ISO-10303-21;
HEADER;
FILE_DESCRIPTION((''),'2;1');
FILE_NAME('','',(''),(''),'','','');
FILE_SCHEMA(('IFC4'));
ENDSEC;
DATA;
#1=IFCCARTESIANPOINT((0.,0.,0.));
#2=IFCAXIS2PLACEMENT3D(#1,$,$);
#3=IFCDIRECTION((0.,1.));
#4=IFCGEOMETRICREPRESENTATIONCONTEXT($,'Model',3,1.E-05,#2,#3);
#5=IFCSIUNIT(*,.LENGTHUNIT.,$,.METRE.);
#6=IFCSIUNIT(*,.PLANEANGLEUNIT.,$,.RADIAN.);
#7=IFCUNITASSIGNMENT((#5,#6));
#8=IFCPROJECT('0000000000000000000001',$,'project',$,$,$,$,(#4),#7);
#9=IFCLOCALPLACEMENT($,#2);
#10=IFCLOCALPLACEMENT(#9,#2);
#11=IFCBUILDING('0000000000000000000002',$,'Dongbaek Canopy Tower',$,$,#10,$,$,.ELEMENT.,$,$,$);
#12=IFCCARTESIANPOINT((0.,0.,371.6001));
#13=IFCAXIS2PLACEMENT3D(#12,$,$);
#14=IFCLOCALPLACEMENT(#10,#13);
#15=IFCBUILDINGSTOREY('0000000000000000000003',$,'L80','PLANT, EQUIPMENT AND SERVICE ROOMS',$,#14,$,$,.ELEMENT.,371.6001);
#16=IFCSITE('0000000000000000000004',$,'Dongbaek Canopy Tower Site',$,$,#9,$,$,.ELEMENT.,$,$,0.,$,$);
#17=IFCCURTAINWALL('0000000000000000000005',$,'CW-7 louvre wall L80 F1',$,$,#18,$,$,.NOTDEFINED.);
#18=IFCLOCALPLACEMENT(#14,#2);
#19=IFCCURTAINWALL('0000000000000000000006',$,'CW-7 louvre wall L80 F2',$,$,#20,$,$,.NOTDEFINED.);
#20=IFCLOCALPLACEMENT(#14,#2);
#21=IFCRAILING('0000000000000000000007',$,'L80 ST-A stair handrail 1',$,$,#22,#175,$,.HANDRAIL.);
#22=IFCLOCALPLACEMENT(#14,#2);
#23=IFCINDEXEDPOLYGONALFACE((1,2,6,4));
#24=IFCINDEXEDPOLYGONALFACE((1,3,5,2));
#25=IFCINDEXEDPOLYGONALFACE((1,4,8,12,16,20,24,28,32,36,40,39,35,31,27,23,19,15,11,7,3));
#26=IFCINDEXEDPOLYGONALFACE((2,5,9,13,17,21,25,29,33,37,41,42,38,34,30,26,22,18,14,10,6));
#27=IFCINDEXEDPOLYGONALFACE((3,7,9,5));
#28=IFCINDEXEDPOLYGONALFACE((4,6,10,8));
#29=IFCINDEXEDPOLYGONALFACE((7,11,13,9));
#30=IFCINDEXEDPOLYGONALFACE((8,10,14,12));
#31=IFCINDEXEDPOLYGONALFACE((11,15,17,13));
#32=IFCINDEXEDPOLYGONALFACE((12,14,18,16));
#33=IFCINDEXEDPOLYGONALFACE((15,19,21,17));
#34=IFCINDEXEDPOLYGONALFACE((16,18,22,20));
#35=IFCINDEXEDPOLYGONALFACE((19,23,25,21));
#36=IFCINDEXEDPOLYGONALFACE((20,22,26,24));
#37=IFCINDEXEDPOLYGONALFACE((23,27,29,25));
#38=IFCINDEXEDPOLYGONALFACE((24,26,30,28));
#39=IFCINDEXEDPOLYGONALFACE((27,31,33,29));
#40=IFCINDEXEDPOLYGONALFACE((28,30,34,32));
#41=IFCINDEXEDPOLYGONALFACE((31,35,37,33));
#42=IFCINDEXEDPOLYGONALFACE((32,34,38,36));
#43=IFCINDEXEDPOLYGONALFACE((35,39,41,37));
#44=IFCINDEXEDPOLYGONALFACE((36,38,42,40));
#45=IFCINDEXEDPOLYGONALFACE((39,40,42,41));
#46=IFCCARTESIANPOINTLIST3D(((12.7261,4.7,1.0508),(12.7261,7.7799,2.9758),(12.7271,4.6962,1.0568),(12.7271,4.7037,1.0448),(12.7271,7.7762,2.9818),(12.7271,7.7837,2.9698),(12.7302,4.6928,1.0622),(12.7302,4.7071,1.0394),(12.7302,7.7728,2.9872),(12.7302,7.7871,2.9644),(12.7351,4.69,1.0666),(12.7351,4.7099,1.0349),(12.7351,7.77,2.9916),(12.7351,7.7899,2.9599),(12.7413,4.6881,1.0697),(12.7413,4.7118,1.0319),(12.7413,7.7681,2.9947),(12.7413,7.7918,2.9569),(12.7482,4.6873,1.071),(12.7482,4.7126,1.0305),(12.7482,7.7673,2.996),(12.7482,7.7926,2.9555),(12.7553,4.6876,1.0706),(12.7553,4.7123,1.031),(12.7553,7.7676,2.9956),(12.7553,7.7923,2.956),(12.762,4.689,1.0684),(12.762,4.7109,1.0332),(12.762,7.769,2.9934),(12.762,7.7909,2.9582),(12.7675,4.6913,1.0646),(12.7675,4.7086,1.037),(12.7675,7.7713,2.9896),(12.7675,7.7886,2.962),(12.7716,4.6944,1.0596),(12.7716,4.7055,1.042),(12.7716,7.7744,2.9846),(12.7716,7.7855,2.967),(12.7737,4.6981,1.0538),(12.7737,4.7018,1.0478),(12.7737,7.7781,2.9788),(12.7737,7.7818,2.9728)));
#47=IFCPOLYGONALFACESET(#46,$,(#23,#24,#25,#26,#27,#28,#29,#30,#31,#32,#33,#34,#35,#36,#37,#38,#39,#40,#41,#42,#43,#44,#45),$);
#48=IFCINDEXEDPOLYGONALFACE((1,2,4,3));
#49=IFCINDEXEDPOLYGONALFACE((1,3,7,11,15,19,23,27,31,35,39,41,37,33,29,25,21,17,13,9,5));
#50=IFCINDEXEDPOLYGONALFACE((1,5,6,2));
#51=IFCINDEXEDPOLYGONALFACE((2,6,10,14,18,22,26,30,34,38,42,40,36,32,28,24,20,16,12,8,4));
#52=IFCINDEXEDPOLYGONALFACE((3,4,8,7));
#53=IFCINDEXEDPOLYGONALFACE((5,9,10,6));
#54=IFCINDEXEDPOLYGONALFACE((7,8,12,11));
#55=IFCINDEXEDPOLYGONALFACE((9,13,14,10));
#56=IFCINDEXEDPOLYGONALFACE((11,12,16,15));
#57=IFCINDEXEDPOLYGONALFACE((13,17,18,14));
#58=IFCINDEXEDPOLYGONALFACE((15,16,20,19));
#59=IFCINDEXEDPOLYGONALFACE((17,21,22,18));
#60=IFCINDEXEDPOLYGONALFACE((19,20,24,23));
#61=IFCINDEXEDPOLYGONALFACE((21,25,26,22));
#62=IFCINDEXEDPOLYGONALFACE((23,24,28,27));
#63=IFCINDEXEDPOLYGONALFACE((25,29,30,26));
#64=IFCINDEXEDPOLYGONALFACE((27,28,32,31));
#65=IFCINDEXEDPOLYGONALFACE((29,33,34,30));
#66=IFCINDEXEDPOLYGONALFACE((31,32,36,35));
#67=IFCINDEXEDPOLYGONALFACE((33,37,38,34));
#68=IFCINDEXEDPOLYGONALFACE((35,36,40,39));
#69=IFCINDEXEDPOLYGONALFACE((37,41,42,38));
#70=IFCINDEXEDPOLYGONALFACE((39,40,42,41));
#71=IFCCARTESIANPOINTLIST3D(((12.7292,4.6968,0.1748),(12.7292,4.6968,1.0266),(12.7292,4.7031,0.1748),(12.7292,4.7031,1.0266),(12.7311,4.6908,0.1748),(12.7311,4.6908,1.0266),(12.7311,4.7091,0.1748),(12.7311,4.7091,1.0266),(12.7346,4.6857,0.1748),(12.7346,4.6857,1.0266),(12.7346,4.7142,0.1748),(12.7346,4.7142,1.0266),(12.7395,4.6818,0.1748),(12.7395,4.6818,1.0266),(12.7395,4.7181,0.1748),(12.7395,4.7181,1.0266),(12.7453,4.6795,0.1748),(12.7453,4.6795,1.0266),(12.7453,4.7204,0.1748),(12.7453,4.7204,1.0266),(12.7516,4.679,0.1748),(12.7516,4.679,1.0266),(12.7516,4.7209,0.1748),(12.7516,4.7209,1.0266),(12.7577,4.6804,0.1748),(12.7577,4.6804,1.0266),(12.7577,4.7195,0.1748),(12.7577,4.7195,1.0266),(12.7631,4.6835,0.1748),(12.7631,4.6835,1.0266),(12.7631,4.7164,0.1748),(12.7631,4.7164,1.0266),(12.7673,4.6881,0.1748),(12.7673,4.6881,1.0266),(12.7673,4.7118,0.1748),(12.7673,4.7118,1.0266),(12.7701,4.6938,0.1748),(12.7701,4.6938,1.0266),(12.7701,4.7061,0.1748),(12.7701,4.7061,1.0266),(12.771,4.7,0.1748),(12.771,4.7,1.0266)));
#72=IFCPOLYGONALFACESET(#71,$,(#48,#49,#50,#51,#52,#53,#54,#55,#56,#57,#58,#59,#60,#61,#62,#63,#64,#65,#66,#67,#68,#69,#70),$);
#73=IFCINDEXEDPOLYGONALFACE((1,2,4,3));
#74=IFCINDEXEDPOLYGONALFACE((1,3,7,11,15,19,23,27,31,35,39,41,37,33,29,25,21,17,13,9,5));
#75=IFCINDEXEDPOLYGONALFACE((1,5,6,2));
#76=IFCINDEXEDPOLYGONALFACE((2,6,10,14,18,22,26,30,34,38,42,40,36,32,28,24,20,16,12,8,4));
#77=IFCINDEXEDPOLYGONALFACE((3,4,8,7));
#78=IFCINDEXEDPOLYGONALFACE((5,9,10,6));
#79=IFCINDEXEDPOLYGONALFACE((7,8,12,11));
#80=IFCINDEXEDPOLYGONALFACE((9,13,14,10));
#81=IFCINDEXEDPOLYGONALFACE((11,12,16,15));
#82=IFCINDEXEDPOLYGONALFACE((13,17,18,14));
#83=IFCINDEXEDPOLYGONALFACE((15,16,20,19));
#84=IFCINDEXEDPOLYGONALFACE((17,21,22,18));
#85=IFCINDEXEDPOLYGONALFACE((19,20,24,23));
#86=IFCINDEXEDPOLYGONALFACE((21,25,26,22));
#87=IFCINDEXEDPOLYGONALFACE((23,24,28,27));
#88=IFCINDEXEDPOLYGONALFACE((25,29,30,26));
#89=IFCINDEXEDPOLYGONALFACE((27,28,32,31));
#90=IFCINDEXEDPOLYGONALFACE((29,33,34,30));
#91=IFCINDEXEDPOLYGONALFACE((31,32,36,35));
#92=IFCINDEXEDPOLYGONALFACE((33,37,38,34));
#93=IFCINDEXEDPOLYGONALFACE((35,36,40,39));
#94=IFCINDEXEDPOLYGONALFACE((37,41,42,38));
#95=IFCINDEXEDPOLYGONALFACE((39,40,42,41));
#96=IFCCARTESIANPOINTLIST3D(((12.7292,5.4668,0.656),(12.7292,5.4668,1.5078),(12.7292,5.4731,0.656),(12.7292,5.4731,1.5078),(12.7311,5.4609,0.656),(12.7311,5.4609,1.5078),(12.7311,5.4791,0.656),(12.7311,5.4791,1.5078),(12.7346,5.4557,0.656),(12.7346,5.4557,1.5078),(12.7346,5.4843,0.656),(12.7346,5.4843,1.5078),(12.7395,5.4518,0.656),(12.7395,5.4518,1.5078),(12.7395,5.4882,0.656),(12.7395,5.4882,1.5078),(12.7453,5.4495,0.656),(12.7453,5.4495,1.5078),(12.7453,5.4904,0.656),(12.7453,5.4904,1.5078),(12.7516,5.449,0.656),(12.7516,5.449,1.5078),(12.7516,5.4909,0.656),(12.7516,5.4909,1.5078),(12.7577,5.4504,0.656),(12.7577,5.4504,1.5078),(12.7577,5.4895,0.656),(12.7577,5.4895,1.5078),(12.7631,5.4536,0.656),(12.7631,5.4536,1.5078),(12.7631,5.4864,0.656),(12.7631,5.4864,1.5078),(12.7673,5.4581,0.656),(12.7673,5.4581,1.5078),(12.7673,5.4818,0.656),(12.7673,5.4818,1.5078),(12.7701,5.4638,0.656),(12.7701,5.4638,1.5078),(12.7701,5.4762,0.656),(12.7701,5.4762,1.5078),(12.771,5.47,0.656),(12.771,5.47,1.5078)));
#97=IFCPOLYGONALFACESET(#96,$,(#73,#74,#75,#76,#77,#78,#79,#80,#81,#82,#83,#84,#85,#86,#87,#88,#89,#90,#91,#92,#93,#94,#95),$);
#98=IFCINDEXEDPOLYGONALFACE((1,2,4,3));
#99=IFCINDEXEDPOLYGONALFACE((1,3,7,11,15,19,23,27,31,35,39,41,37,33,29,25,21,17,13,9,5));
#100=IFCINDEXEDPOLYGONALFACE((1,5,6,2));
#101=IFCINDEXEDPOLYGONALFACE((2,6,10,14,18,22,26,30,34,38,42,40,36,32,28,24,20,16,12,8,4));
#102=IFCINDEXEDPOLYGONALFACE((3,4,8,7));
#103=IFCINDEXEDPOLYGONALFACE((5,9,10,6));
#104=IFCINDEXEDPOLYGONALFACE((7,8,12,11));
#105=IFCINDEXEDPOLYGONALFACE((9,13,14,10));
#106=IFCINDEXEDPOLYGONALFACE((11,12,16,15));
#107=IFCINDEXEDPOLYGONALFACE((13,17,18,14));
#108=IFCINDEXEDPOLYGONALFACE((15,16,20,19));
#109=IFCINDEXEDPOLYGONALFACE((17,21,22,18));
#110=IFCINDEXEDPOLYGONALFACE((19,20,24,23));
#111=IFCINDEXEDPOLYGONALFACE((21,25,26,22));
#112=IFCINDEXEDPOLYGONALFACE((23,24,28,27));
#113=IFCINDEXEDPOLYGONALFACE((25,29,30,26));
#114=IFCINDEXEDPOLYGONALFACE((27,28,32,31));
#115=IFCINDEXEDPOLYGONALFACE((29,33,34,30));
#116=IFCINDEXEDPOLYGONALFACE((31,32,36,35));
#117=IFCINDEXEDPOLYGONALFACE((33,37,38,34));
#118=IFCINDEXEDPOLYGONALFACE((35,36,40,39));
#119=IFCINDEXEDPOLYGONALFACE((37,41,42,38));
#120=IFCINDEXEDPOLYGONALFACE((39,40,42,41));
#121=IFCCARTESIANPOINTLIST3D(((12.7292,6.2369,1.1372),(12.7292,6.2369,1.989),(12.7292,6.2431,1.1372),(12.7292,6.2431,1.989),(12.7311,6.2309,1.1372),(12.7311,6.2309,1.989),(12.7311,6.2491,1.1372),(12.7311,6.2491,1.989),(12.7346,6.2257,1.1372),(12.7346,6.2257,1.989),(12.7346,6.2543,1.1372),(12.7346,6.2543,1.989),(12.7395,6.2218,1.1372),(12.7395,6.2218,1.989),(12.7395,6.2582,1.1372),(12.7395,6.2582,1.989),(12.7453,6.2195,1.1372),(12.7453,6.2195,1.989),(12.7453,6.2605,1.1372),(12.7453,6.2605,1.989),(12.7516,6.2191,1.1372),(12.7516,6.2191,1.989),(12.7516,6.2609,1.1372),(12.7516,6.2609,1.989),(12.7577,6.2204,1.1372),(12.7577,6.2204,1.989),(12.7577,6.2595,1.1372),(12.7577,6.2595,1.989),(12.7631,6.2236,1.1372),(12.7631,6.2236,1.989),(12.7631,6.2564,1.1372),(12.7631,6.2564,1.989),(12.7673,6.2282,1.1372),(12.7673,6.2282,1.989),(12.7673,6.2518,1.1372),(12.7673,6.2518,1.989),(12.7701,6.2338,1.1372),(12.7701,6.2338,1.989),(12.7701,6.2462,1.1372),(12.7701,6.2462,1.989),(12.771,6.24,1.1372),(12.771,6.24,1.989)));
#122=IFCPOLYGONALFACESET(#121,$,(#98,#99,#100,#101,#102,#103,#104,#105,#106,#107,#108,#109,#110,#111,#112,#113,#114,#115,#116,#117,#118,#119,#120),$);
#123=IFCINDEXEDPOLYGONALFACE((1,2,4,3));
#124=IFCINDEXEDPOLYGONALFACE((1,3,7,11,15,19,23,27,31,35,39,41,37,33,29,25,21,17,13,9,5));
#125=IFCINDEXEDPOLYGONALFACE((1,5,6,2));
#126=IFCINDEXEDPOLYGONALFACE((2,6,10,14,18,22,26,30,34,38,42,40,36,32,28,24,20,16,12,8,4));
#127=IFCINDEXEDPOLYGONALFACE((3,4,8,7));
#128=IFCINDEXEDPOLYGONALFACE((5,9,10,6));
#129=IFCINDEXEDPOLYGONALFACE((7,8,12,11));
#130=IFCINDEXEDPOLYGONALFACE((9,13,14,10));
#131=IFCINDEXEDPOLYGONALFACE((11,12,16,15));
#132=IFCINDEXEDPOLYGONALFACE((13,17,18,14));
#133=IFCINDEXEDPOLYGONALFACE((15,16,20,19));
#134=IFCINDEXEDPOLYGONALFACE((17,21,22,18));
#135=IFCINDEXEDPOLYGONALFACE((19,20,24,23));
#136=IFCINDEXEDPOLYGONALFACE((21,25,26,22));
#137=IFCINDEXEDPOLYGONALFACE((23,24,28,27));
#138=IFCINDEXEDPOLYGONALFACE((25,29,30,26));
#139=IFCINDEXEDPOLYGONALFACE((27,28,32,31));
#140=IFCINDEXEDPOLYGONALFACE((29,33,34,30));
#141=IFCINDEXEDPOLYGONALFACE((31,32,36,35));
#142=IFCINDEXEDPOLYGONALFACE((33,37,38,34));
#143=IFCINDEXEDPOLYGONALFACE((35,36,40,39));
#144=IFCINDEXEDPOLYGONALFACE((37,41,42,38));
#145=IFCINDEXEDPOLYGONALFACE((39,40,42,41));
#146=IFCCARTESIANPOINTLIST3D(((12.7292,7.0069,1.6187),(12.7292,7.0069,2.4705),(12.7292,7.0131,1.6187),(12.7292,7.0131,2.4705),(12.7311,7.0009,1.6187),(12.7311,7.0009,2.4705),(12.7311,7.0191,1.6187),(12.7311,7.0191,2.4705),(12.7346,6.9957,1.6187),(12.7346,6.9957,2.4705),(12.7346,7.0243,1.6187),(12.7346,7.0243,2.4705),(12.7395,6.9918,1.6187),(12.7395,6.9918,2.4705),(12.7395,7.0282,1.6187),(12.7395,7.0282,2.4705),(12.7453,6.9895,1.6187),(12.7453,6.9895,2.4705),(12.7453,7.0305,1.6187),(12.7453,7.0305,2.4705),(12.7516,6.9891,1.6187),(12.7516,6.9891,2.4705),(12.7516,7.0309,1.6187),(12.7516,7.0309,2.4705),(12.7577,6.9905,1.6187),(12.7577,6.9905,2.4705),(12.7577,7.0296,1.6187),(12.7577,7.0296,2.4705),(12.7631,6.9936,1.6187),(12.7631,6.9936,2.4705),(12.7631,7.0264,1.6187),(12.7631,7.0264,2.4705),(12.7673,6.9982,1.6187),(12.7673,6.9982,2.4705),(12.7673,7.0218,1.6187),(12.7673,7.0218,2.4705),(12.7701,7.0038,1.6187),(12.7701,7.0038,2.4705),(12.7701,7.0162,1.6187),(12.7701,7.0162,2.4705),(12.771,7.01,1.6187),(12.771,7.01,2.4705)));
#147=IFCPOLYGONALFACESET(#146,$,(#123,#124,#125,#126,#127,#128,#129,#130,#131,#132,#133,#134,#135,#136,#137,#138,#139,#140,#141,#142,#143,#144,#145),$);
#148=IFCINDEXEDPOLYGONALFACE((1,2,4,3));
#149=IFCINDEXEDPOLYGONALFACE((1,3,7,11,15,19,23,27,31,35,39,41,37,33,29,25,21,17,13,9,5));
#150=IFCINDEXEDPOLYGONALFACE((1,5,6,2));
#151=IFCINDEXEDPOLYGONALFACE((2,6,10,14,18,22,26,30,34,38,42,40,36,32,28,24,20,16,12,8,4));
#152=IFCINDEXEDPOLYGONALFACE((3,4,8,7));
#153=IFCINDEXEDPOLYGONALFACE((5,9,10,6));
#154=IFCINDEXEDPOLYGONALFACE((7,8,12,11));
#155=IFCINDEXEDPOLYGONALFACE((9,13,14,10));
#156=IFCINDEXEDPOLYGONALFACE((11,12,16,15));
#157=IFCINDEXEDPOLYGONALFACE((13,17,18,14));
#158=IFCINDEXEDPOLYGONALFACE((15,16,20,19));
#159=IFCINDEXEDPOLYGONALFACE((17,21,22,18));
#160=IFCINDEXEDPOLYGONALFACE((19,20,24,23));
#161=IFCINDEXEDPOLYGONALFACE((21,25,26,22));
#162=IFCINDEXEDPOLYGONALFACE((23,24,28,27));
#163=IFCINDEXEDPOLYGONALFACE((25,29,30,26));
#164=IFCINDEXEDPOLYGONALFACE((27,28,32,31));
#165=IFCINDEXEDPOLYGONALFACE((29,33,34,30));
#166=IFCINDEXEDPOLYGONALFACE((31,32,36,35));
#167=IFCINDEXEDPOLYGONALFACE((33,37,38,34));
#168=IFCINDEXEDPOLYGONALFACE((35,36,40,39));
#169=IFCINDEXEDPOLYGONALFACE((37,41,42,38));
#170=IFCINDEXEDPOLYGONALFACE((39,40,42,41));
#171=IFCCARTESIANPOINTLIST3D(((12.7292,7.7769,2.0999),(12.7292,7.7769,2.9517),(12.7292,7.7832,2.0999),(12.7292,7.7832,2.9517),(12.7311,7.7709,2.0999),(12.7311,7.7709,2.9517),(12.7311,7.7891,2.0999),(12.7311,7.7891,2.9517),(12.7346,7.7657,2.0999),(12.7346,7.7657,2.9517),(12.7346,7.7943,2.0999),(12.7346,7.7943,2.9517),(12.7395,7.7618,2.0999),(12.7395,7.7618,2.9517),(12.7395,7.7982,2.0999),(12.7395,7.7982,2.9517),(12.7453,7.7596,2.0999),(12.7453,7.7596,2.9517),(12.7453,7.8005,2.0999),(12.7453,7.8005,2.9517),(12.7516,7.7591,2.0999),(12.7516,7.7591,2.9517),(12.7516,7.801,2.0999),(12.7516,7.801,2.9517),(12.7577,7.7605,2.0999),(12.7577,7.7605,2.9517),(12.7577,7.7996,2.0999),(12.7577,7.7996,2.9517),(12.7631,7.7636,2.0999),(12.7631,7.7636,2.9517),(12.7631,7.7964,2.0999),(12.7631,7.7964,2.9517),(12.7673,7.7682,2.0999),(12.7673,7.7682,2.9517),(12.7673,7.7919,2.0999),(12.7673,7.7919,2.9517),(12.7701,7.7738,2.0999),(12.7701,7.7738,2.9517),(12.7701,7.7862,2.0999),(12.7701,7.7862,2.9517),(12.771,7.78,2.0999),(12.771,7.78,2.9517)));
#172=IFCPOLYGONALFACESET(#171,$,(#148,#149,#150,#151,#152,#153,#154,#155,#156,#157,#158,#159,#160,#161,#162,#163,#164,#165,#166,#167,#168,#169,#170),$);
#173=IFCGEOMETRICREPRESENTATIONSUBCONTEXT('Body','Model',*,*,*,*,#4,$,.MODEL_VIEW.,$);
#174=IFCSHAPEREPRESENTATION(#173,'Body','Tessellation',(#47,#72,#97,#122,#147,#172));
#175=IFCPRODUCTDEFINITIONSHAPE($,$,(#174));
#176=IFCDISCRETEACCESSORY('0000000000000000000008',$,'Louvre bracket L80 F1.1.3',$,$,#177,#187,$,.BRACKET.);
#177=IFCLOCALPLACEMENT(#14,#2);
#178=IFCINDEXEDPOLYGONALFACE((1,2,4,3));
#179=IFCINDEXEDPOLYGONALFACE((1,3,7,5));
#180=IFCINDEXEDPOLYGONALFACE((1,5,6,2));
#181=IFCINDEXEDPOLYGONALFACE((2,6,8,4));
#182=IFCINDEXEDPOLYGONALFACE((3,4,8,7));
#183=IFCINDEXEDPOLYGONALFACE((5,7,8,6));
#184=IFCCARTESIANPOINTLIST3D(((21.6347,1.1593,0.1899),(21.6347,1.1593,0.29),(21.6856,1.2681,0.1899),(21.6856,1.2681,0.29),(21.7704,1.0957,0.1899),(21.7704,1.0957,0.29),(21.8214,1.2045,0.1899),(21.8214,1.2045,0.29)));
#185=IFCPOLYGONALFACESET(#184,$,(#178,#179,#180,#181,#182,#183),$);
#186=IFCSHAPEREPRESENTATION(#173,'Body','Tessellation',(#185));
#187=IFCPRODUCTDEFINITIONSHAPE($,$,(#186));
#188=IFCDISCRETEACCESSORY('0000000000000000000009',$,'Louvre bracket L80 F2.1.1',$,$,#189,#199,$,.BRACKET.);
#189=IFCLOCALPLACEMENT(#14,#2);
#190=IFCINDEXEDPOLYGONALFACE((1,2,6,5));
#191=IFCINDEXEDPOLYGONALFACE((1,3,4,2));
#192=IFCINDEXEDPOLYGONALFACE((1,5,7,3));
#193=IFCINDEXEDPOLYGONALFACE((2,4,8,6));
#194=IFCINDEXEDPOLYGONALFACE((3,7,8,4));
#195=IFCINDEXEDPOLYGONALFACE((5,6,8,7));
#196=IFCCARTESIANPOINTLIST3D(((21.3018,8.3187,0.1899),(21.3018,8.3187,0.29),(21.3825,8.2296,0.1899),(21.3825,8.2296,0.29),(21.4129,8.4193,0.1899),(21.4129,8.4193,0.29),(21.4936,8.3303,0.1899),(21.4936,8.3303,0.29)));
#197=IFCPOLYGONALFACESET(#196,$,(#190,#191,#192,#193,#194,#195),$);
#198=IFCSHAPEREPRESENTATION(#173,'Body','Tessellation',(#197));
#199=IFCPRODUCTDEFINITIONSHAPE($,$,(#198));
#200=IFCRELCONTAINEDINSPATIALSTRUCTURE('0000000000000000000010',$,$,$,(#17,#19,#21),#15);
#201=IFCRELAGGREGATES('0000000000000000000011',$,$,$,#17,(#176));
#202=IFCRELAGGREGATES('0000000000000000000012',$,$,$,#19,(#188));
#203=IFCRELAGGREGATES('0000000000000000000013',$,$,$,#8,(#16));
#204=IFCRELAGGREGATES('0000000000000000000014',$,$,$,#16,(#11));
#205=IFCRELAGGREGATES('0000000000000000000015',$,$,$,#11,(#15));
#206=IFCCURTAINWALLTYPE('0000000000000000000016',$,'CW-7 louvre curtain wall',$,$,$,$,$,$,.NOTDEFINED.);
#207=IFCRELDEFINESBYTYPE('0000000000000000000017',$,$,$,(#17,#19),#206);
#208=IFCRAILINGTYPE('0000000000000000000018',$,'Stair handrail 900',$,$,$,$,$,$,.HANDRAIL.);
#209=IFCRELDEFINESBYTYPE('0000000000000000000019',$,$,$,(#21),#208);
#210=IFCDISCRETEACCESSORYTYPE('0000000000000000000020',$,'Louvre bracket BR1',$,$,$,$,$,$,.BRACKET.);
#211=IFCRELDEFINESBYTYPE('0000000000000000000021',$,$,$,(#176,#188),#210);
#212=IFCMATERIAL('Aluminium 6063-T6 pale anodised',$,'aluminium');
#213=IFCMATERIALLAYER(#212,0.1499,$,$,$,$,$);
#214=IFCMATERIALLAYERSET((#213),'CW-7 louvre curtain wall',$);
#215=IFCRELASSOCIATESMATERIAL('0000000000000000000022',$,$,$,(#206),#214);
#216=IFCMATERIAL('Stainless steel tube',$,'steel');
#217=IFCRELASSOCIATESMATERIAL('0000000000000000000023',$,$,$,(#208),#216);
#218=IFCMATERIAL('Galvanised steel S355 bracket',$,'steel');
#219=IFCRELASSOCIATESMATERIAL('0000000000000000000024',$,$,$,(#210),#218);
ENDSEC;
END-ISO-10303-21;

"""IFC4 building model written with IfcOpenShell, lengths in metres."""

from ifc_helpers import new_model, si_unit, direction, frame, origin, origin_2d, place, context, subcontext, project, spatial, rectangle, circle, extrude, material, layer, layer_set, type_object, element, aggregate, save


model = new_model("IFC4")

# Units and contexts
model_context = context("Model", 3, precision=1e-05, world=origin(), true_north=direction((0.0, 1.0)))
body_context = subcontext(model_context, "Body", "Model", "MODEL_VIEW")
ifc_project = project(units=[si_unit("LENGTHUNIT", "METRE"), si_unit("PLANEANGLEUNIT", "RADIAN")], contexts=[model_context])

# Site, building, storey
site_placement = place(None, origin())
site = spatial("IfcSite", under=ifc_project, at=site_placement, Name="Dongbaek Canopy Tower Site", CompositionType="ELEMENT", RefElevation=0.0)
building_placement = place(site_placement, origin())
building = spatial("IfcBuilding", under=site, at=building_placement, Name="Dongbaek Canopy Tower", CompositionType="ELEMENT")
storey_placement = place(building_placement, frame((0.0, 0.0, 371.6001)))
storey = spatial("IfcBuildingStorey", under=building, at=storey_placement, Name="L80", Description="PLANT, EQUIPMENT AND SERVICE ROOMS", CompositionType="ELEMENT", Elevation=371.6001)

# Curtain wall
ifc_material_1 = material(Name="Aluminium 6063-T6 pale anodised", Category="aluminium")
ifc_layer_1 = layer(ifc_material_1, 0.1499)
ifc_layer_set_1 = layer_set([ifc_layer_1], Name="CW-7 louvre curtain wall")
curtain_wall_type = type_object("IfcCurtainWallType", Name="CW-7 louvre curtain wall", PredefinedType="NOTDEFINED", material=ifc_layer_set_1)
curtain_wall_1_placement = place(storey_placement, origin())
curtain_wall_1 = element("IfcCurtainWall", 1, at=curtain_wall_1_placement, inside=storey, type_object=curtain_wall_type, Name="CW-7 louvre wall L80 F1", PredefinedType="NOTDEFINED")

# Curtain wall
curtain_wall_2_placement = place(storey_placement, origin())
curtain_wall_2 = element("IfcCurtainWall", 2, at=curtain_wall_2_placement, inside=storey, type_object=curtain_wall_type, Name="CW-7 louvre wall L80 F2", PredefinedType="NOTDEFINED")

# Railing
ifc_material_2 = material(Name="Stainless steel tube", Category="steel")
railing_type_1 = type_object("IfcRailingType", Name="Stair handrail 900", PredefinedType="HANDRAIL", material=ifc_material_2)
railing_1_placement = place(storey_placement, frame((12.75, 4.7, 0.1748)))
element("IfcRailing", 3, at=railing_1_placement, inside=storey, type_object=railing_type_1, Name="L80 ST-A stair handrail 1", PredefinedType="HANDRAIL", context=body_context, shape_type="SweptSolid", body=[
    extrude(circle(Radius=0.0239, at=origin_2d()), frame((0.0, 0.0, 0.876), z_axis=(0.0, 0.847998, 0.529999), x_axis=(-1.0, 0.0, 0.0)), (0.0, 0.0, 1.0), 3.6321),
    extrude(circle(Radius=0.021, at=origin_2d()), origin(), (0.0, 0.0, 1.0), 0.8518),
    extrude(circle(Radius=0.021, at=origin_2d()), frame((0.0, 0.77, 0.4812)), (0.0, 0.0, 1.0), 0.8518),
    extrude(circle(Radius=0.021, at=origin_2d()), frame((0.0, 1.54, 0.9624)), (0.0, 0.0, 1.0), 0.8518),
    extrude(circle(Radius=0.021, at=origin_2d()), frame((0.0, 2.3101, 1.4438)), (0.0, 0.0, 1.0), 0.8518),
    extrude(circle(Radius=0.021, at=origin_2d()), frame((0.0, 3.0801, 1.925)), (0.0, 0.0, 1.0), 0.8518),
])

# Discrete accessories
ifc_material_3 = material(Name="Galvanised steel S355 bracket", Category="steel")
discrete_accessory_type = type_object("IfcDiscreteAccessoryType", Name="Louvre bracket BR1", PredefinedType="BRACKET", material=ifc_material_3)
discrete_accessory_1_placement = place(storey_placement, frame((21.728, 1.1819, 0.1899), z_axis=(0.0, 0.0, 1.0), x_axis=(0.424123, 0.905605, 0.0)))
discrete_accessory_1 = element("IfcDiscreteAccessory", 4, at=discrete_accessory_1_placement, type_object=discrete_accessory_type, Name="Louvre bracket L80 F1.1.3", PredefinedType="BRACKET", context=body_context, shape_type="SweptSolid", body=[
    extrude(rectangle(XDim=0.1201, YDim=0.1499, at=origin_2d()), origin(), (0.0, 0.0, 1.0), 0.1001),
])
aggregate(curtain_wall_1, [discrete_accessory_1])
discrete_accessory_2_placement = place(storey_placement, frame((21.3977, 8.3245, 0.1899), z_axis=(0.0, 0.0, 1.0), x_axis=(-0.67126, 0.741222, 0.0)))
discrete_accessory_2 = element("IfcDiscreteAccessory", 5, at=discrete_accessory_2_placement, type_object=discrete_accessory_type, Name="Louvre bracket L80 F2.1.1", PredefinedType="BRACKET", context=body_context, shape_type="SweptSolid", body=[
    extrude(rectangle(XDim=0.1201, YDim=0.1499, at=origin_2d()), origin(), (0.0, 0.0, 1.0), 0.1001),
])
aggregate(curtain_wall_2, [discrete_accessory_2])

save(model, "model.ifc")
